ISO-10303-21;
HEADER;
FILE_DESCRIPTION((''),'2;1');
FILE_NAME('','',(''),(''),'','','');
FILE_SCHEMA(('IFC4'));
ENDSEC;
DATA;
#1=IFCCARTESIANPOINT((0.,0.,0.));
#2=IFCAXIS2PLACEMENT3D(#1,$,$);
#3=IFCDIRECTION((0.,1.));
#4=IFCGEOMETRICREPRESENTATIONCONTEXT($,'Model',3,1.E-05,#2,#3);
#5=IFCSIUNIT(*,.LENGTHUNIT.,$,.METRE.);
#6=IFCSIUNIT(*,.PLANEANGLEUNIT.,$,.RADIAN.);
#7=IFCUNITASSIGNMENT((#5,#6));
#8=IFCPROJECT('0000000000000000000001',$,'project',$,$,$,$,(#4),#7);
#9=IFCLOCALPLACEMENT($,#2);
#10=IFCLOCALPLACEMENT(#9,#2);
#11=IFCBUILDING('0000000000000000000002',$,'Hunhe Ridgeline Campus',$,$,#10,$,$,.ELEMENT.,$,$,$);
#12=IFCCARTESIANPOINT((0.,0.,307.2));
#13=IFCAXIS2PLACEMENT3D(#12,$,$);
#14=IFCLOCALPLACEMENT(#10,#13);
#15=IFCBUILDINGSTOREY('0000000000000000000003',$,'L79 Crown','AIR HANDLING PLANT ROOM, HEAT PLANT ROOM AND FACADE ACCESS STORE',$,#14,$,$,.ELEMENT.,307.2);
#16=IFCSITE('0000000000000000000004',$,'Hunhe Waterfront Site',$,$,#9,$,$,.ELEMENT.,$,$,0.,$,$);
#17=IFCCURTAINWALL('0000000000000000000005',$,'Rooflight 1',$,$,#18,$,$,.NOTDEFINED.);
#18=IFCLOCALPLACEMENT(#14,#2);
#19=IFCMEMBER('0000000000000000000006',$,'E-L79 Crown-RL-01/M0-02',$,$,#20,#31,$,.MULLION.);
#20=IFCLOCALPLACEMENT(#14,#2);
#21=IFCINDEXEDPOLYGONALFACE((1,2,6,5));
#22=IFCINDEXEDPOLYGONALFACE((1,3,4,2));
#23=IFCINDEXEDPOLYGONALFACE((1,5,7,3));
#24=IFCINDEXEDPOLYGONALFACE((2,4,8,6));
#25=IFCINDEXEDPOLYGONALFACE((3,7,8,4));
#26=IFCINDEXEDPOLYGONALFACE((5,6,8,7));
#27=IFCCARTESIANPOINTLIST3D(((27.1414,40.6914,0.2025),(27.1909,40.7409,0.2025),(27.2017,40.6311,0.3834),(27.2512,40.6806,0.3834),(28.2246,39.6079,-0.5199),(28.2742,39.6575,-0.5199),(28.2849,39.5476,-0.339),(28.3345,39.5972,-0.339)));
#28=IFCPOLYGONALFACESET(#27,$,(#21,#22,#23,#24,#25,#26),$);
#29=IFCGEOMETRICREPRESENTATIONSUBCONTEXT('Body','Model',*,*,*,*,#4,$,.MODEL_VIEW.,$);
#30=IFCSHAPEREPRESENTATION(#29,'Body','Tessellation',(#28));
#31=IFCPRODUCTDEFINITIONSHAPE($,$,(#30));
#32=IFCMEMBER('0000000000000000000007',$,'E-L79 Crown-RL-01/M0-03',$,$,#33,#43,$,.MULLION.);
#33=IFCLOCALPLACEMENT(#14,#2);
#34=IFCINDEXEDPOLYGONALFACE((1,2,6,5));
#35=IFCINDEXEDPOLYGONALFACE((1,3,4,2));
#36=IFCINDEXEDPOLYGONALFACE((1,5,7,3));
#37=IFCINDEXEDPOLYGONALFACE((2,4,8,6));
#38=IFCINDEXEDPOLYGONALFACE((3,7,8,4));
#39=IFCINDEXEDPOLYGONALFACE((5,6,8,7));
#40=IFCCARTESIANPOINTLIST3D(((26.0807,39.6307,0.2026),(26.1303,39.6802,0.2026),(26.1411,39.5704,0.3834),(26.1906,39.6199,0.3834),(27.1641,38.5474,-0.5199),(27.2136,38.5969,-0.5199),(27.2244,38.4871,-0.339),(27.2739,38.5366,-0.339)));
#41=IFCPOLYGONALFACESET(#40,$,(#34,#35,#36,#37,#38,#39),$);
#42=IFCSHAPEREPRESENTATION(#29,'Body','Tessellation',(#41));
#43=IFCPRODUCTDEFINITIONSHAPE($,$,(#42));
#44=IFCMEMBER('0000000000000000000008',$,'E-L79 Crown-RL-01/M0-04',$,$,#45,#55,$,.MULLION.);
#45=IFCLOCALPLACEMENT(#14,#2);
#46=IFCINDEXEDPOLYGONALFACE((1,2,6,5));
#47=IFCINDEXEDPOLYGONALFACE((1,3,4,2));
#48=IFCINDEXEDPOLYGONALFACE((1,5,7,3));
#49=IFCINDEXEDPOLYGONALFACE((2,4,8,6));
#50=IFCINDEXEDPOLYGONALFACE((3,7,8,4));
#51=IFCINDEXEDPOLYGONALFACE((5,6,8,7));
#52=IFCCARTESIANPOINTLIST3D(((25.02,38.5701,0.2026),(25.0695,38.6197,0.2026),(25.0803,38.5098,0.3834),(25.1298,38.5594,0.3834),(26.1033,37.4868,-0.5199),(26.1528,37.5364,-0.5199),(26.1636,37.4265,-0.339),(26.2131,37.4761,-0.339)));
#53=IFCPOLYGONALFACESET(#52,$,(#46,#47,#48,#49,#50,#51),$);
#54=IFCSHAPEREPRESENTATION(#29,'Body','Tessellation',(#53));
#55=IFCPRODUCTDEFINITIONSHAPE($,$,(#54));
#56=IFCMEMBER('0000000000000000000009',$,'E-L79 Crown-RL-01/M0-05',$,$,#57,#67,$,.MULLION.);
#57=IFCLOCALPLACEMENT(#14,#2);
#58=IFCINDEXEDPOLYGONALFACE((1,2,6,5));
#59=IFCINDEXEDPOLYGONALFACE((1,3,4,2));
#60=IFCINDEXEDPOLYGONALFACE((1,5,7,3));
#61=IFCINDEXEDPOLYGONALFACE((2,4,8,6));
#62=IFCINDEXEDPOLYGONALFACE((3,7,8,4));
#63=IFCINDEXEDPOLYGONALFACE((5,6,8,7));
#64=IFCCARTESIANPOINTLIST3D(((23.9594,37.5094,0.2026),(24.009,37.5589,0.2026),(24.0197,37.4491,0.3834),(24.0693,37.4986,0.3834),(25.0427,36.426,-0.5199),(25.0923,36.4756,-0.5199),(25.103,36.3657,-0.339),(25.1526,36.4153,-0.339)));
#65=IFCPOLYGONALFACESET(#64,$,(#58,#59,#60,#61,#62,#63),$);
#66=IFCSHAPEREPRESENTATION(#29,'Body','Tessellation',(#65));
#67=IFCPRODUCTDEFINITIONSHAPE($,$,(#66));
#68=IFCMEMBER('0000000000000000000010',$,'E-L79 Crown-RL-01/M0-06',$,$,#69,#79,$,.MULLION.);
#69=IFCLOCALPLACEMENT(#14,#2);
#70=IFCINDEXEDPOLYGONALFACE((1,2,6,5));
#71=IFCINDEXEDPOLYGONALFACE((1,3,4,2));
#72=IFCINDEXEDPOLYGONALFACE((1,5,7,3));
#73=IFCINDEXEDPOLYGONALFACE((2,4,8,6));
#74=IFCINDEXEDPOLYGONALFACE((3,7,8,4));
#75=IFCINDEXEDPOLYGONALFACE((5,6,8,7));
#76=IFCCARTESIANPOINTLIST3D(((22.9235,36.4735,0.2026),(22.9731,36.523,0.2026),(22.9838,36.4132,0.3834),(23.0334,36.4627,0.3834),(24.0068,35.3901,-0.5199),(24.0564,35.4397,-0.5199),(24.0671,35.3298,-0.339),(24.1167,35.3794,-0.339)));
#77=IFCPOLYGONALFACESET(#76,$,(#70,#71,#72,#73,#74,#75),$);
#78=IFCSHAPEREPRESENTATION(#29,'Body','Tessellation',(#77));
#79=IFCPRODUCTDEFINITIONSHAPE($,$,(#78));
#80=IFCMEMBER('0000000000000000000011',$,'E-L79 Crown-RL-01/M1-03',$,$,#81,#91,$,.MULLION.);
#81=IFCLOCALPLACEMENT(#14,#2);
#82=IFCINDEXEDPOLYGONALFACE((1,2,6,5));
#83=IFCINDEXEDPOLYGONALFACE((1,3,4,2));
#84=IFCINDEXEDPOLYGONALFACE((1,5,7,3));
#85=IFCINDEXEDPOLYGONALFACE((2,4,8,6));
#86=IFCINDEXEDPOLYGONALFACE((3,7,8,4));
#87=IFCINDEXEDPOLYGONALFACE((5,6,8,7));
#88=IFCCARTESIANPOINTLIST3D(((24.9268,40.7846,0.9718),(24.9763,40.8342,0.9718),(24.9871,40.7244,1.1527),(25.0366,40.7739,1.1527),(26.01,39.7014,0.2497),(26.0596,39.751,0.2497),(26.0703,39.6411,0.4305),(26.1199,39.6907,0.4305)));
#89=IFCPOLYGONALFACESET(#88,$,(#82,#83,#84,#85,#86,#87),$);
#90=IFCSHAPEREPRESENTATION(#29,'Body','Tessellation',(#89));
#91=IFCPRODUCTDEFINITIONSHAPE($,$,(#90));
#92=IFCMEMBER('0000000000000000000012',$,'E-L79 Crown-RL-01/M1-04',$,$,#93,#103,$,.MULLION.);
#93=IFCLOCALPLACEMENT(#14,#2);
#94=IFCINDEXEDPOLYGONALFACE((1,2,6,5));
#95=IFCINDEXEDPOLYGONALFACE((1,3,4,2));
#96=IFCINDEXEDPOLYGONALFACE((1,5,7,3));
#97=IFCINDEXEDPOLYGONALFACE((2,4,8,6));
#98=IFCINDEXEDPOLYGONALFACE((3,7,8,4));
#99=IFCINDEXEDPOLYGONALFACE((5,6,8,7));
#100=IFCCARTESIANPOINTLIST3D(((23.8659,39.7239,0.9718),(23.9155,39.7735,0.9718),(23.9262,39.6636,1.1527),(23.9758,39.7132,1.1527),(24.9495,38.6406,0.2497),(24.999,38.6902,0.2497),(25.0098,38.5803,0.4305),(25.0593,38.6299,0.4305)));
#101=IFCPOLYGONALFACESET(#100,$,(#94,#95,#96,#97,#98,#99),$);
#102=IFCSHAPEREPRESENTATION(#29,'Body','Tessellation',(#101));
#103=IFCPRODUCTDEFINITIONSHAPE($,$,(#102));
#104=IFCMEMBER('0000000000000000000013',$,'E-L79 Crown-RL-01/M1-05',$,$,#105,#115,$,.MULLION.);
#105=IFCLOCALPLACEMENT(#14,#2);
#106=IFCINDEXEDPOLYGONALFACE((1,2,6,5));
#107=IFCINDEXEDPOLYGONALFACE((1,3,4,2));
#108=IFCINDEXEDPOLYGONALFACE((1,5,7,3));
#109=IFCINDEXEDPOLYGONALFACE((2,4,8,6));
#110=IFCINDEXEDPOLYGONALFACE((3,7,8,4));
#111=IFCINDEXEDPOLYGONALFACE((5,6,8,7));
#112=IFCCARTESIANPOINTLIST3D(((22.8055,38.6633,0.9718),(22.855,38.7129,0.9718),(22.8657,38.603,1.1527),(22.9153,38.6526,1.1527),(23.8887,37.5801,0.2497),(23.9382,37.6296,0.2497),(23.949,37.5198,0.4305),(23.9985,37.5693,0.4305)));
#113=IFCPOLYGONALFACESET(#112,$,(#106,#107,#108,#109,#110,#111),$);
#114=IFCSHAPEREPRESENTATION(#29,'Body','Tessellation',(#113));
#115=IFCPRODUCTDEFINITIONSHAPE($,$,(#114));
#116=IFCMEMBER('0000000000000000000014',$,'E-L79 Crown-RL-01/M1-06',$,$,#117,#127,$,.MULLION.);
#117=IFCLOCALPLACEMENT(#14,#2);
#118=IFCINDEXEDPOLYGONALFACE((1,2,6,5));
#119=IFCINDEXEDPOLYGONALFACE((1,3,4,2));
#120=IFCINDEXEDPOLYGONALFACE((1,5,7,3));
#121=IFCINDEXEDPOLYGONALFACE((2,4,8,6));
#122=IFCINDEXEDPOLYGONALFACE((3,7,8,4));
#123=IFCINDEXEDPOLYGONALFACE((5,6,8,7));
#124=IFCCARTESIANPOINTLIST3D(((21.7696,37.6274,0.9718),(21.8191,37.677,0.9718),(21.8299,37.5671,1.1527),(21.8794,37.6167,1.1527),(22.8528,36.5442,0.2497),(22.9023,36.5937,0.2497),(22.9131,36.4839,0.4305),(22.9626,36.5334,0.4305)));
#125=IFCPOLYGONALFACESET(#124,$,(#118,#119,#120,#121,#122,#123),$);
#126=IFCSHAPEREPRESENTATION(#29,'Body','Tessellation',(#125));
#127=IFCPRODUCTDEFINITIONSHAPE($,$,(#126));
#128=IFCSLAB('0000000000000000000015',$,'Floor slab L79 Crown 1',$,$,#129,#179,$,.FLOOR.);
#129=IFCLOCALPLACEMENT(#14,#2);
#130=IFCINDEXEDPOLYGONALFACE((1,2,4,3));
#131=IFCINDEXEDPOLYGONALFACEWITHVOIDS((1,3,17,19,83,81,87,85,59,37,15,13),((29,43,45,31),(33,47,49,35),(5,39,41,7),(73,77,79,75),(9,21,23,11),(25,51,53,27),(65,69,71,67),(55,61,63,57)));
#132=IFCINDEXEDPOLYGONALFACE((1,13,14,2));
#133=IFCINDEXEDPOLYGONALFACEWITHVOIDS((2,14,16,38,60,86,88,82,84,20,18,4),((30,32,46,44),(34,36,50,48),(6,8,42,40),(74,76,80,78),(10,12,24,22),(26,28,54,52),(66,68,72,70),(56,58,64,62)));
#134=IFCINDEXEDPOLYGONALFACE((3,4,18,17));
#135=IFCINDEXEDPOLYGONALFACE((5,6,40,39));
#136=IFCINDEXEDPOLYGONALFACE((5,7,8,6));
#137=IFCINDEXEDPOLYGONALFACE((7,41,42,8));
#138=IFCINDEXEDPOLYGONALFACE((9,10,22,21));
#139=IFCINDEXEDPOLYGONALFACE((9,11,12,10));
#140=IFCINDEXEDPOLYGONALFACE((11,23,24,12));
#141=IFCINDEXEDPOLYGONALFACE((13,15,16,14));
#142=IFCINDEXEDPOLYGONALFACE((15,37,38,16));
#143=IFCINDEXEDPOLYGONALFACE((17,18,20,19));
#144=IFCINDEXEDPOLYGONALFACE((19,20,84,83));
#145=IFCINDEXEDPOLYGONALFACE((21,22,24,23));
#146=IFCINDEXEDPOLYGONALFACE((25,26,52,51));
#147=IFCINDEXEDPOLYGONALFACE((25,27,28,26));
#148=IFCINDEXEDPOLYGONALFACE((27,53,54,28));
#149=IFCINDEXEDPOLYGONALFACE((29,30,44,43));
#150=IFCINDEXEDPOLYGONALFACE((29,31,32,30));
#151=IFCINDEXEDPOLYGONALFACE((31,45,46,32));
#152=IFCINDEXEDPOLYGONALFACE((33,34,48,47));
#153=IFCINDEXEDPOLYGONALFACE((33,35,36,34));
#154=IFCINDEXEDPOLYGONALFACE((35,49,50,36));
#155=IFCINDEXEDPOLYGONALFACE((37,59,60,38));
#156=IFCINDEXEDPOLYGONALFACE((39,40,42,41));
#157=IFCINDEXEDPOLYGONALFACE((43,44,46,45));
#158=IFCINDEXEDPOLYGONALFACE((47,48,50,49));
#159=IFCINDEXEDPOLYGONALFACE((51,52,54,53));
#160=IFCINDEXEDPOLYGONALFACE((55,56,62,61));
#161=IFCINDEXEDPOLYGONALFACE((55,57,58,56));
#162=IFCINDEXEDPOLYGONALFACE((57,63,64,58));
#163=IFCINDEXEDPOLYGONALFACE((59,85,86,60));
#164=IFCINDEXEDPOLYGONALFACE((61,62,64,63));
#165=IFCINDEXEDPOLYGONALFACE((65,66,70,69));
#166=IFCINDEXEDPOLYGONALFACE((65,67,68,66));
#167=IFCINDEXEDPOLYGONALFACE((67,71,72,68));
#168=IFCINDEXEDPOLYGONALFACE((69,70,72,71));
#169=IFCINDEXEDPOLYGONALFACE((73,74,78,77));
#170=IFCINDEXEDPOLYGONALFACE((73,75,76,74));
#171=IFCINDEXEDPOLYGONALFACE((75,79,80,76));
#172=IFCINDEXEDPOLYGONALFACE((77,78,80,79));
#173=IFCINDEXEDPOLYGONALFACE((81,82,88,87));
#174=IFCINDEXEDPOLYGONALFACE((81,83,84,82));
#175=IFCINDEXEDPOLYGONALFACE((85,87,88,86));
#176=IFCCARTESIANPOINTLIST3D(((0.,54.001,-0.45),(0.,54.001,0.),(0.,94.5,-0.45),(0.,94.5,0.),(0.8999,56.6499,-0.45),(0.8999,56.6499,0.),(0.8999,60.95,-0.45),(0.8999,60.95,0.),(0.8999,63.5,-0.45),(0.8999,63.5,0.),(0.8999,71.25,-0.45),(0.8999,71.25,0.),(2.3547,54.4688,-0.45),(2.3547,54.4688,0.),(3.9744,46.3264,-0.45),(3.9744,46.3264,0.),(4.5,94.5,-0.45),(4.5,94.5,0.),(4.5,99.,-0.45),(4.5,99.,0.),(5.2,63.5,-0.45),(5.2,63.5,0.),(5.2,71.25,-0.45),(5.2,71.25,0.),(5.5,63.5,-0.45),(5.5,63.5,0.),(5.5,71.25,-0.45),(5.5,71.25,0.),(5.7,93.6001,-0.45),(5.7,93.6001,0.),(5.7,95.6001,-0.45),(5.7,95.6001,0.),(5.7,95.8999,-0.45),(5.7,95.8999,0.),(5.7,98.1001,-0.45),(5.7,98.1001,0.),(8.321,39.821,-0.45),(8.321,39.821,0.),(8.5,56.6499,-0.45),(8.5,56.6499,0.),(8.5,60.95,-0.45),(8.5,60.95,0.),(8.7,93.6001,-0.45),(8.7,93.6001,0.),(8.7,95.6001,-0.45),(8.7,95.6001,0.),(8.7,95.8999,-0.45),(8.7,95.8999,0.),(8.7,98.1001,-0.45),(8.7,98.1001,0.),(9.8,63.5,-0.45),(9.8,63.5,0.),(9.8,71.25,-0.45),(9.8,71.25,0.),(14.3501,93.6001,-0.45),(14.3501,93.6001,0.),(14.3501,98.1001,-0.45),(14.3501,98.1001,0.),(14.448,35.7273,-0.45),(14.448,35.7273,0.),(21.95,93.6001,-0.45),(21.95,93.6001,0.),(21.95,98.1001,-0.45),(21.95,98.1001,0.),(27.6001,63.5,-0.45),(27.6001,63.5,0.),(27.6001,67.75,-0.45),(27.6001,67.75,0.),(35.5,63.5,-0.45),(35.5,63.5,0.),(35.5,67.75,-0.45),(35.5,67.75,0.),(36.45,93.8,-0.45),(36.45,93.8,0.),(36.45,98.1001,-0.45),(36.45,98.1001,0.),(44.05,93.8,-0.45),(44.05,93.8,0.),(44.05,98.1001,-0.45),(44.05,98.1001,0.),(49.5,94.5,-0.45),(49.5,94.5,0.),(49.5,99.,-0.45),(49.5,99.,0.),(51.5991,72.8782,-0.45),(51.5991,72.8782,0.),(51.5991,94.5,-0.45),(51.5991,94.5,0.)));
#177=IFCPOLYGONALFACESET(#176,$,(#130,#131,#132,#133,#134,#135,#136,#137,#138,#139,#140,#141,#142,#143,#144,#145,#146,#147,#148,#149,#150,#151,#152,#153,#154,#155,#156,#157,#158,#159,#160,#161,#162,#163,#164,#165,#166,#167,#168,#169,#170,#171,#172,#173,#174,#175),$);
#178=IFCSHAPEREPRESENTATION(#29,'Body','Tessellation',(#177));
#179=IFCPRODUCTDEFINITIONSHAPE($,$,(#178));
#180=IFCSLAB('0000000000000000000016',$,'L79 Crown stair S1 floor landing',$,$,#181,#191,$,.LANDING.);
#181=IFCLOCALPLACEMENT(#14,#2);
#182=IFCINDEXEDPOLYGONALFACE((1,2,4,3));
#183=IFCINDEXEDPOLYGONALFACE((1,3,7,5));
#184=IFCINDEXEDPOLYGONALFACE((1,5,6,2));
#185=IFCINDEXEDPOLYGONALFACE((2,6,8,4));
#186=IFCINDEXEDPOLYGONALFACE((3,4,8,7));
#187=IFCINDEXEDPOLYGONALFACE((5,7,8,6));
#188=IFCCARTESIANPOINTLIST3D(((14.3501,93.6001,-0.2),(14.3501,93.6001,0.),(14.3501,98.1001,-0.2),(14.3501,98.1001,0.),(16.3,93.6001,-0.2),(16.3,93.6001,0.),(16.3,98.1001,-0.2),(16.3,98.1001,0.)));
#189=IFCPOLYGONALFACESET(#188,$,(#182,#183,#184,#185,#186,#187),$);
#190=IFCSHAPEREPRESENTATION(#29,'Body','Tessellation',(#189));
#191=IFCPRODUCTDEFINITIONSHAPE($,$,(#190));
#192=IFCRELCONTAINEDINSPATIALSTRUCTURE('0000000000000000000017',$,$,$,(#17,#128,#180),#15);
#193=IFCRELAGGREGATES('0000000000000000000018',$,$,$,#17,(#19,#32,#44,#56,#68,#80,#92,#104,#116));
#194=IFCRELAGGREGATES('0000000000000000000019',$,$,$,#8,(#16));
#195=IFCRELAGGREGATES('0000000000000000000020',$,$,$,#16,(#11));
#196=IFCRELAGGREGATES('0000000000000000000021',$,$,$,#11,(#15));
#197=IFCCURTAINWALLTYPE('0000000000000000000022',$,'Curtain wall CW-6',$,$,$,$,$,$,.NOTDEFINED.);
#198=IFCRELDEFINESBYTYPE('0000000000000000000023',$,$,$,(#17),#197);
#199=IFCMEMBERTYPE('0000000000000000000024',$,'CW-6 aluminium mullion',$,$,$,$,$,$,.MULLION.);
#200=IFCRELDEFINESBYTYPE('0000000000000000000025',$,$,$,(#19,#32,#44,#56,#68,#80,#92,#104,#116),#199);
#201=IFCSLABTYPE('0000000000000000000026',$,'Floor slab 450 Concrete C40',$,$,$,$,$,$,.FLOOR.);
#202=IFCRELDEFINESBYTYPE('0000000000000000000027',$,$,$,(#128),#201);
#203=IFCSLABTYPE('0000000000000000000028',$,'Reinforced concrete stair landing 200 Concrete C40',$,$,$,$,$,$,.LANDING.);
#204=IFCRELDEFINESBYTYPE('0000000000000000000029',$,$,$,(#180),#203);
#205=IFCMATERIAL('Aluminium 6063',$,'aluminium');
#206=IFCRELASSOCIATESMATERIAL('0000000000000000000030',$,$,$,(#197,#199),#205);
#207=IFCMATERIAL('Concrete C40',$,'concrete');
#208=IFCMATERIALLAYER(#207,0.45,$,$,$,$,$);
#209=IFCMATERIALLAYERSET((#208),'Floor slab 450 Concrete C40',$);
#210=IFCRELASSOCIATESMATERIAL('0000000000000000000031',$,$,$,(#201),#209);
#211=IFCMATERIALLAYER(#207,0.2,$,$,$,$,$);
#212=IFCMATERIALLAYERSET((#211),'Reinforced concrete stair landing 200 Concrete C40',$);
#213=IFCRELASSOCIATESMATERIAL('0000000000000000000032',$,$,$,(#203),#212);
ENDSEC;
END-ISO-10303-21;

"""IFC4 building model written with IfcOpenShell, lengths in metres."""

from ifc_helpers import new_model, si_unit, direction, frame, origin, origin_2d, place, context, subcontext, project, spatial, polyline, rectangle, outline, extrude, material, layer, layer_set, material_profile, profile_set, type_object, element, aggregate, save


model = new_model("IFC4")

# Units and contexts
model_context = context("Model", 3, precision=1e-05, world=origin(), true_north=direction((0.0, 1.0)))
body_context = subcontext(model_context, "Body", "Model", "MODEL_VIEW")
ifc_project = project(units=[si_unit("LENGTHUNIT", "METRE"), si_unit("PLANEANGLEUNIT", "RADIAN")], contexts=[model_context])

# Site, building, storey
site_placement = place(None, origin())
site = spatial("IfcSite", under=ifc_project, at=site_placement, Name="Hunhe Waterfront Site", CompositionType="ELEMENT", RefElevation=0.0)
building_placement = place(site_placement, origin())
building = spatial("IfcBuilding", under=site, at=building_placement, Name="Hunhe Ridgeline Campus", CompositionType="ELEMENT")
storey_placement = place(building_placement, frame((0.0, 0.0, 307.2)))
storey = spatial("IfcBuildingStorey", under=building, at=storey_placement, Name="L79 Crown", Description="AIR HANDLING PLANT ROOM, HEAT PLANT ROOM AND FACADE ACCESS STORE", CompositionType="ELEMENT", Elevation=307.2)

# Curtain wall, members
ifc_material_1 = material(Name="Aluminium 6063", Category="aluminium")
curtain_wall_type = type_object("IfcCurtainWallType", Name="Curtain wall CW-6", PredefinedType="NOTDEFINED", material=ifc_material_1)
curtain_wall_placement = place(storey_placement, origin())
curtain_wall = element("IfcCurtainWall", 1, at=curtain_wall_placement, inside=storey, type_object=curtain_wall_type, Name="Rooflight 1", PredefinedType="NOTDEFINED")
ifc_material_profile = material_profile(ifc_material_1, rectangle(XDim=0.0701, YDim=0.2, at=origin_2d()))
ifc_profile_set = profile_set([ifc_material_profile], Name="Aluminium 6063")
member_type = type_object("IfcMemberType", Name="CW-6 aluminium mullion", PredefinedType="MULLION", material=ifc_profile_set)
member_1_placement = place(storey_placement, frame((28.2795, 39.6025, -0.4294), z_axis=(-0.639504, 0.639648, 0.42648), x_axis=(-0.707186, -0.707027, 0.0)))
member_1 = element("IfcMember", 2, at=member_1_placement, type_object=member_type, Name="E-L79 Crown-RL-01/M0-02", PredefinedType="MULLION", context=body_context, shape_type="SweptSolid", body=[
    extrude(rectangle(XDim=0.0701, YDim=0.2, at=origin_2d()), origin(), (0.0, 0.0, 1.0), 1.6938),
])
member_2_placement = place(storey_placement, frame((27.219, 38.542, -0.4294), z_axis=(-0.639563, 0.639563, 0.426519), x_axis=(-0.707107, -0.707107, 0.0)))
member_2 = element("IfcMember", 3, at=member_2_placement, type_object=member_type, Name="E-L79 Crown-RL-01/M0-03", PredefinedType="MULLION", context=body_context, shape_type="SweptSolid", body=[
    extrude(rectangle(XDim=0.0701, YDim=0.2, at=origin_2d()), origin(), (0.0, 0.0, 1.0), 1.6938),
])
member_3_placement = place(storey_placement, frame((26.1582, 37.4814, -0.4294), z_axis=(-0.639563, 0.639563, 0.426519), x_axis=(-0.707107, -0.707107, 0.0)))
member_3 = element("IfcMember", 4, at=member_3_placement, type_object=member_type, Name="E-L79 Crown-RL-01/M0-04", PredefinedType="MULLION", context=body_context, shape_type="SweptSolid", body=[
    extrude(rectangle(XDim=0.0701, YDim=0.2, at=origin_2d()), origin(), (0.0, 0.0, 1.0), 1.6938),
])
member_4_placement = place(storey_placement, frame((25.0977, 36.4207, -0.4294), z_axis=(-0.639563, 0.639563, 0.426519), x_axis=(-0.707107, -0.707107, 0.0)))
member_4 = element("IfcMember", 5, at=member_4_placement, type_object=member_type, Name="E-L79 Crown-RL-01/M0-05", PredefinedType="MULLION", context=body_context, shape_type="SweptSolid", body=[
    extrude(rectangle(XDim=0.0701, YDim=0.2, at=origin_2d()), origin(), (0.0, 0.0, 1.0), 1.6938),
])
member_5_placement = place(storey_placement, frame((24.0618, 35.3848, -0.4294), z_axis=(-0.639563, 0.639563, 0.426519), x_axis=(-0.707107, -0.707107, 0.0)))
member_5 = element("IfcMember", 6, at=member_5_placement, type_object=member_type, Name="E-L79 Crown-RL-01/M0-06", PredefinedType="MULLION", context=body_context, shape_type="SweptSolid", body=[
    extrude(rectangle(XDim=0.0701, YDim=0.2, at=origin_2d()), origin(), (0.0, 0.0, 1.0), 1.6938),
])
member_6_placement = place(storey_placement, frame((26.0649, 39.696, 0.3401), z_axis=(-0.639602, 0.639602, 0.426401), x_axis=(-0.707107, -0.707107, 0.0)))
member_6 = element("IfcMember", 7, at=member_6_placement, type_object=member_type, Name="E-L79 Crown-RL-01/M1-03", PredefinedType="MULLION", context=body_context, shape_type="SweptSolid", body=[
    extrude(rectangle(XDim=0.0701, YDim=0.2, at=origin_2d()), origin(), (0.0, 0.0, 1.0), 1.6936),
])
member_7_placement = place(storey_placement, frame((25.0044, 38.6353, 0.3401), z_axis=(-0.639687, 0.639543, 0.426362), x_axis=(-0.707027, -0.707186, 0.0)))
member_7 = element("IfcMember", 8, at=member_7_placement, type_object=member_type, Name="E-L79 Crown-RL-01/M1-04", PredefinedType="MULLION", context=body_context, shape_type="SweptSolid", body=[
    extrude(rectangle(XDim=0.0701, YDim=0.2, at=origin_2d()), origin(), (0.0, 0.0, 1.0), 1.6938),
])
member_8_placement = place(storey_placement, frame((23.9436, 37.5747, 0.3401), z_axis=(-0.639602, 0.639602, 0.426401), x_axis=(-0.707107, -0.707107, 0.0)))
member_8 = element("IfcMember", 9, at=member_8_placement, type_object=member_type, Name="E-L79 Crown-RL-01/M1-05", PredefinedType="MULLION", context=body_context, shape_type="SweptSolid", body=[
    extrude(rectangle(XDim=0.0701, YDim=0.2, at=origin_2d()), origin(), (0.0, 0.0, 1.0), 1.6936),
])
member_9_placement = place(storey_placement, frame((22.9077, 36.5388, 0.3401), z_axis=(-0.639602, 0.639602, 0.426401), x_axis=(-0.707107, -0.707107, 0.0)))
member_9 = element("IfcMember", 10, at=member_9_placement, type_object=member_type, Name="E-L79 Crown-RL-01/M1-06", PredefinedType="MULLION", context=body_context, shape_type="SweptSolid", body=[
    extrude(rectangle(XDim=0.0701, YDim=0.2, at=origin_2d()), origin(), (0.0, 0.0, 1.0), 1.6936),
])

# Slabs
ifc_material_2 = material(Name="Concrete C40", Category="concrete")
ifc_layer_1 = layer(ifc_material_2, 0.45)
ifc_layer_set_1 = layer_set([ifc_layer_1], Name="Floor slab 450 Concrete C40")
slab_type_1 = type_object("IfcSlabType", Name="Floor slab 450 Concrete C40", PredefinedType="FLOOR", material=ifc_layer_set_1)
slab_1_placement = place(storey_placement, frame((0.0, 0.0, -0.45)))
element("IfcSlab", 11, at=slab_1_placement, inside=storey, type_object=slab_type_1, Name="Floor slab L79 Crown 1", PredefinedType="FLOOR", context=body_context, shape_type="SweptSolid", body=[
    extrude(outline(polyline([(8.321, 39.821), (14.448, 35.7273), (51.5991, 72.8782), (51.5991, 94.5), (49.5, 94.5), (49.5, 99.0), (4.5, 99.0), (4.5, 94.5), (0.0, 94.5), (0.0, 54.001), (2.3547, 54.4688), (3.9744, 46.3264), (8.321, 39.821)]), holes=[polyline([(44.05, 98.1001), (36.45, 98.1001), (36.45, 93.8), (44.05, 93.8), (44.05, 98.1001)]), polyline([(27.6001, 67.75), (27.6001, 63.5), (35.5, 63.5), (35.5, 67.75), (27.6001, 67.75)]), polyline([(21.95, 98.1001), (14.3501, 98.1001), (14.3501, 93.6001), (21.95, 93.6001), (21.95, 98.1001)]), polyline([(5.5, 63.5), (9.8, 63.5), (9.8, 71.25), (5.5, 71.25), (5.5, 63.5)]), polyline([(5.7, 93.6001), (8.7, 93.6001), (8.7, 95.6001), (5.7, 95.6001), (5.7, 93.6001)]), polyline([(5.7, 98.1001), (5.7, 95.8999), (8.7, 95.8999), (8.7, 98.1001), (5.7, 98.1001)]), polyline([(0.8999, 60.95), (0.8999, 56.6499), (8.5, 56.6499), (8.5, 60.95), (0.8999, 60.95)]), polyline([(5.2, 63.5), (5.2, 71.25), (0.8999, 71.25), (0.8999, 63.5), (5.2, 63.5)])]), origin(), (0.0, 0.0, 1.0), 0.45),
])
ifc_layer_2 = layer(ifc_material_2, 0.2)
ifc_layer_set_2 = layer_set([ifc_layer_2], Name="Reinforced concrete stair landing 200 Concrete C40")
slab_type_2 = type_object("IfcSlabType", Name="Reinforced concrete stair landing 200 Concrete C40", PredefinedType="LANDING", material=ifc_layer_set_2)
slab_2_placement = place(storey_placement, frame((0.0, 0.0, -0.2)))
element("IfcSlab", 12, at=slab_2_placement, inside=storey, type_object=slab_type_2, Name="L79 Crown stair S1 floor landing", PredefinedType="LANDING", context=body_context, shape_type="SweptSolid", body=[
    extrude(outline(polyline([(14.3501, 93.6001), (16.3, 93.6001), (16.3, 98.1001), (14.3501, 98.1001), (14.3501, 93.6001)])), origin(), (0.0, 0.0, 1.0), 0.2),
])

aggregate(curtain_wall, [member_1, member_2, member_3, member_4, member_5, member_6, member_7, member_8, member_9])

save(model, "model.ifc")
